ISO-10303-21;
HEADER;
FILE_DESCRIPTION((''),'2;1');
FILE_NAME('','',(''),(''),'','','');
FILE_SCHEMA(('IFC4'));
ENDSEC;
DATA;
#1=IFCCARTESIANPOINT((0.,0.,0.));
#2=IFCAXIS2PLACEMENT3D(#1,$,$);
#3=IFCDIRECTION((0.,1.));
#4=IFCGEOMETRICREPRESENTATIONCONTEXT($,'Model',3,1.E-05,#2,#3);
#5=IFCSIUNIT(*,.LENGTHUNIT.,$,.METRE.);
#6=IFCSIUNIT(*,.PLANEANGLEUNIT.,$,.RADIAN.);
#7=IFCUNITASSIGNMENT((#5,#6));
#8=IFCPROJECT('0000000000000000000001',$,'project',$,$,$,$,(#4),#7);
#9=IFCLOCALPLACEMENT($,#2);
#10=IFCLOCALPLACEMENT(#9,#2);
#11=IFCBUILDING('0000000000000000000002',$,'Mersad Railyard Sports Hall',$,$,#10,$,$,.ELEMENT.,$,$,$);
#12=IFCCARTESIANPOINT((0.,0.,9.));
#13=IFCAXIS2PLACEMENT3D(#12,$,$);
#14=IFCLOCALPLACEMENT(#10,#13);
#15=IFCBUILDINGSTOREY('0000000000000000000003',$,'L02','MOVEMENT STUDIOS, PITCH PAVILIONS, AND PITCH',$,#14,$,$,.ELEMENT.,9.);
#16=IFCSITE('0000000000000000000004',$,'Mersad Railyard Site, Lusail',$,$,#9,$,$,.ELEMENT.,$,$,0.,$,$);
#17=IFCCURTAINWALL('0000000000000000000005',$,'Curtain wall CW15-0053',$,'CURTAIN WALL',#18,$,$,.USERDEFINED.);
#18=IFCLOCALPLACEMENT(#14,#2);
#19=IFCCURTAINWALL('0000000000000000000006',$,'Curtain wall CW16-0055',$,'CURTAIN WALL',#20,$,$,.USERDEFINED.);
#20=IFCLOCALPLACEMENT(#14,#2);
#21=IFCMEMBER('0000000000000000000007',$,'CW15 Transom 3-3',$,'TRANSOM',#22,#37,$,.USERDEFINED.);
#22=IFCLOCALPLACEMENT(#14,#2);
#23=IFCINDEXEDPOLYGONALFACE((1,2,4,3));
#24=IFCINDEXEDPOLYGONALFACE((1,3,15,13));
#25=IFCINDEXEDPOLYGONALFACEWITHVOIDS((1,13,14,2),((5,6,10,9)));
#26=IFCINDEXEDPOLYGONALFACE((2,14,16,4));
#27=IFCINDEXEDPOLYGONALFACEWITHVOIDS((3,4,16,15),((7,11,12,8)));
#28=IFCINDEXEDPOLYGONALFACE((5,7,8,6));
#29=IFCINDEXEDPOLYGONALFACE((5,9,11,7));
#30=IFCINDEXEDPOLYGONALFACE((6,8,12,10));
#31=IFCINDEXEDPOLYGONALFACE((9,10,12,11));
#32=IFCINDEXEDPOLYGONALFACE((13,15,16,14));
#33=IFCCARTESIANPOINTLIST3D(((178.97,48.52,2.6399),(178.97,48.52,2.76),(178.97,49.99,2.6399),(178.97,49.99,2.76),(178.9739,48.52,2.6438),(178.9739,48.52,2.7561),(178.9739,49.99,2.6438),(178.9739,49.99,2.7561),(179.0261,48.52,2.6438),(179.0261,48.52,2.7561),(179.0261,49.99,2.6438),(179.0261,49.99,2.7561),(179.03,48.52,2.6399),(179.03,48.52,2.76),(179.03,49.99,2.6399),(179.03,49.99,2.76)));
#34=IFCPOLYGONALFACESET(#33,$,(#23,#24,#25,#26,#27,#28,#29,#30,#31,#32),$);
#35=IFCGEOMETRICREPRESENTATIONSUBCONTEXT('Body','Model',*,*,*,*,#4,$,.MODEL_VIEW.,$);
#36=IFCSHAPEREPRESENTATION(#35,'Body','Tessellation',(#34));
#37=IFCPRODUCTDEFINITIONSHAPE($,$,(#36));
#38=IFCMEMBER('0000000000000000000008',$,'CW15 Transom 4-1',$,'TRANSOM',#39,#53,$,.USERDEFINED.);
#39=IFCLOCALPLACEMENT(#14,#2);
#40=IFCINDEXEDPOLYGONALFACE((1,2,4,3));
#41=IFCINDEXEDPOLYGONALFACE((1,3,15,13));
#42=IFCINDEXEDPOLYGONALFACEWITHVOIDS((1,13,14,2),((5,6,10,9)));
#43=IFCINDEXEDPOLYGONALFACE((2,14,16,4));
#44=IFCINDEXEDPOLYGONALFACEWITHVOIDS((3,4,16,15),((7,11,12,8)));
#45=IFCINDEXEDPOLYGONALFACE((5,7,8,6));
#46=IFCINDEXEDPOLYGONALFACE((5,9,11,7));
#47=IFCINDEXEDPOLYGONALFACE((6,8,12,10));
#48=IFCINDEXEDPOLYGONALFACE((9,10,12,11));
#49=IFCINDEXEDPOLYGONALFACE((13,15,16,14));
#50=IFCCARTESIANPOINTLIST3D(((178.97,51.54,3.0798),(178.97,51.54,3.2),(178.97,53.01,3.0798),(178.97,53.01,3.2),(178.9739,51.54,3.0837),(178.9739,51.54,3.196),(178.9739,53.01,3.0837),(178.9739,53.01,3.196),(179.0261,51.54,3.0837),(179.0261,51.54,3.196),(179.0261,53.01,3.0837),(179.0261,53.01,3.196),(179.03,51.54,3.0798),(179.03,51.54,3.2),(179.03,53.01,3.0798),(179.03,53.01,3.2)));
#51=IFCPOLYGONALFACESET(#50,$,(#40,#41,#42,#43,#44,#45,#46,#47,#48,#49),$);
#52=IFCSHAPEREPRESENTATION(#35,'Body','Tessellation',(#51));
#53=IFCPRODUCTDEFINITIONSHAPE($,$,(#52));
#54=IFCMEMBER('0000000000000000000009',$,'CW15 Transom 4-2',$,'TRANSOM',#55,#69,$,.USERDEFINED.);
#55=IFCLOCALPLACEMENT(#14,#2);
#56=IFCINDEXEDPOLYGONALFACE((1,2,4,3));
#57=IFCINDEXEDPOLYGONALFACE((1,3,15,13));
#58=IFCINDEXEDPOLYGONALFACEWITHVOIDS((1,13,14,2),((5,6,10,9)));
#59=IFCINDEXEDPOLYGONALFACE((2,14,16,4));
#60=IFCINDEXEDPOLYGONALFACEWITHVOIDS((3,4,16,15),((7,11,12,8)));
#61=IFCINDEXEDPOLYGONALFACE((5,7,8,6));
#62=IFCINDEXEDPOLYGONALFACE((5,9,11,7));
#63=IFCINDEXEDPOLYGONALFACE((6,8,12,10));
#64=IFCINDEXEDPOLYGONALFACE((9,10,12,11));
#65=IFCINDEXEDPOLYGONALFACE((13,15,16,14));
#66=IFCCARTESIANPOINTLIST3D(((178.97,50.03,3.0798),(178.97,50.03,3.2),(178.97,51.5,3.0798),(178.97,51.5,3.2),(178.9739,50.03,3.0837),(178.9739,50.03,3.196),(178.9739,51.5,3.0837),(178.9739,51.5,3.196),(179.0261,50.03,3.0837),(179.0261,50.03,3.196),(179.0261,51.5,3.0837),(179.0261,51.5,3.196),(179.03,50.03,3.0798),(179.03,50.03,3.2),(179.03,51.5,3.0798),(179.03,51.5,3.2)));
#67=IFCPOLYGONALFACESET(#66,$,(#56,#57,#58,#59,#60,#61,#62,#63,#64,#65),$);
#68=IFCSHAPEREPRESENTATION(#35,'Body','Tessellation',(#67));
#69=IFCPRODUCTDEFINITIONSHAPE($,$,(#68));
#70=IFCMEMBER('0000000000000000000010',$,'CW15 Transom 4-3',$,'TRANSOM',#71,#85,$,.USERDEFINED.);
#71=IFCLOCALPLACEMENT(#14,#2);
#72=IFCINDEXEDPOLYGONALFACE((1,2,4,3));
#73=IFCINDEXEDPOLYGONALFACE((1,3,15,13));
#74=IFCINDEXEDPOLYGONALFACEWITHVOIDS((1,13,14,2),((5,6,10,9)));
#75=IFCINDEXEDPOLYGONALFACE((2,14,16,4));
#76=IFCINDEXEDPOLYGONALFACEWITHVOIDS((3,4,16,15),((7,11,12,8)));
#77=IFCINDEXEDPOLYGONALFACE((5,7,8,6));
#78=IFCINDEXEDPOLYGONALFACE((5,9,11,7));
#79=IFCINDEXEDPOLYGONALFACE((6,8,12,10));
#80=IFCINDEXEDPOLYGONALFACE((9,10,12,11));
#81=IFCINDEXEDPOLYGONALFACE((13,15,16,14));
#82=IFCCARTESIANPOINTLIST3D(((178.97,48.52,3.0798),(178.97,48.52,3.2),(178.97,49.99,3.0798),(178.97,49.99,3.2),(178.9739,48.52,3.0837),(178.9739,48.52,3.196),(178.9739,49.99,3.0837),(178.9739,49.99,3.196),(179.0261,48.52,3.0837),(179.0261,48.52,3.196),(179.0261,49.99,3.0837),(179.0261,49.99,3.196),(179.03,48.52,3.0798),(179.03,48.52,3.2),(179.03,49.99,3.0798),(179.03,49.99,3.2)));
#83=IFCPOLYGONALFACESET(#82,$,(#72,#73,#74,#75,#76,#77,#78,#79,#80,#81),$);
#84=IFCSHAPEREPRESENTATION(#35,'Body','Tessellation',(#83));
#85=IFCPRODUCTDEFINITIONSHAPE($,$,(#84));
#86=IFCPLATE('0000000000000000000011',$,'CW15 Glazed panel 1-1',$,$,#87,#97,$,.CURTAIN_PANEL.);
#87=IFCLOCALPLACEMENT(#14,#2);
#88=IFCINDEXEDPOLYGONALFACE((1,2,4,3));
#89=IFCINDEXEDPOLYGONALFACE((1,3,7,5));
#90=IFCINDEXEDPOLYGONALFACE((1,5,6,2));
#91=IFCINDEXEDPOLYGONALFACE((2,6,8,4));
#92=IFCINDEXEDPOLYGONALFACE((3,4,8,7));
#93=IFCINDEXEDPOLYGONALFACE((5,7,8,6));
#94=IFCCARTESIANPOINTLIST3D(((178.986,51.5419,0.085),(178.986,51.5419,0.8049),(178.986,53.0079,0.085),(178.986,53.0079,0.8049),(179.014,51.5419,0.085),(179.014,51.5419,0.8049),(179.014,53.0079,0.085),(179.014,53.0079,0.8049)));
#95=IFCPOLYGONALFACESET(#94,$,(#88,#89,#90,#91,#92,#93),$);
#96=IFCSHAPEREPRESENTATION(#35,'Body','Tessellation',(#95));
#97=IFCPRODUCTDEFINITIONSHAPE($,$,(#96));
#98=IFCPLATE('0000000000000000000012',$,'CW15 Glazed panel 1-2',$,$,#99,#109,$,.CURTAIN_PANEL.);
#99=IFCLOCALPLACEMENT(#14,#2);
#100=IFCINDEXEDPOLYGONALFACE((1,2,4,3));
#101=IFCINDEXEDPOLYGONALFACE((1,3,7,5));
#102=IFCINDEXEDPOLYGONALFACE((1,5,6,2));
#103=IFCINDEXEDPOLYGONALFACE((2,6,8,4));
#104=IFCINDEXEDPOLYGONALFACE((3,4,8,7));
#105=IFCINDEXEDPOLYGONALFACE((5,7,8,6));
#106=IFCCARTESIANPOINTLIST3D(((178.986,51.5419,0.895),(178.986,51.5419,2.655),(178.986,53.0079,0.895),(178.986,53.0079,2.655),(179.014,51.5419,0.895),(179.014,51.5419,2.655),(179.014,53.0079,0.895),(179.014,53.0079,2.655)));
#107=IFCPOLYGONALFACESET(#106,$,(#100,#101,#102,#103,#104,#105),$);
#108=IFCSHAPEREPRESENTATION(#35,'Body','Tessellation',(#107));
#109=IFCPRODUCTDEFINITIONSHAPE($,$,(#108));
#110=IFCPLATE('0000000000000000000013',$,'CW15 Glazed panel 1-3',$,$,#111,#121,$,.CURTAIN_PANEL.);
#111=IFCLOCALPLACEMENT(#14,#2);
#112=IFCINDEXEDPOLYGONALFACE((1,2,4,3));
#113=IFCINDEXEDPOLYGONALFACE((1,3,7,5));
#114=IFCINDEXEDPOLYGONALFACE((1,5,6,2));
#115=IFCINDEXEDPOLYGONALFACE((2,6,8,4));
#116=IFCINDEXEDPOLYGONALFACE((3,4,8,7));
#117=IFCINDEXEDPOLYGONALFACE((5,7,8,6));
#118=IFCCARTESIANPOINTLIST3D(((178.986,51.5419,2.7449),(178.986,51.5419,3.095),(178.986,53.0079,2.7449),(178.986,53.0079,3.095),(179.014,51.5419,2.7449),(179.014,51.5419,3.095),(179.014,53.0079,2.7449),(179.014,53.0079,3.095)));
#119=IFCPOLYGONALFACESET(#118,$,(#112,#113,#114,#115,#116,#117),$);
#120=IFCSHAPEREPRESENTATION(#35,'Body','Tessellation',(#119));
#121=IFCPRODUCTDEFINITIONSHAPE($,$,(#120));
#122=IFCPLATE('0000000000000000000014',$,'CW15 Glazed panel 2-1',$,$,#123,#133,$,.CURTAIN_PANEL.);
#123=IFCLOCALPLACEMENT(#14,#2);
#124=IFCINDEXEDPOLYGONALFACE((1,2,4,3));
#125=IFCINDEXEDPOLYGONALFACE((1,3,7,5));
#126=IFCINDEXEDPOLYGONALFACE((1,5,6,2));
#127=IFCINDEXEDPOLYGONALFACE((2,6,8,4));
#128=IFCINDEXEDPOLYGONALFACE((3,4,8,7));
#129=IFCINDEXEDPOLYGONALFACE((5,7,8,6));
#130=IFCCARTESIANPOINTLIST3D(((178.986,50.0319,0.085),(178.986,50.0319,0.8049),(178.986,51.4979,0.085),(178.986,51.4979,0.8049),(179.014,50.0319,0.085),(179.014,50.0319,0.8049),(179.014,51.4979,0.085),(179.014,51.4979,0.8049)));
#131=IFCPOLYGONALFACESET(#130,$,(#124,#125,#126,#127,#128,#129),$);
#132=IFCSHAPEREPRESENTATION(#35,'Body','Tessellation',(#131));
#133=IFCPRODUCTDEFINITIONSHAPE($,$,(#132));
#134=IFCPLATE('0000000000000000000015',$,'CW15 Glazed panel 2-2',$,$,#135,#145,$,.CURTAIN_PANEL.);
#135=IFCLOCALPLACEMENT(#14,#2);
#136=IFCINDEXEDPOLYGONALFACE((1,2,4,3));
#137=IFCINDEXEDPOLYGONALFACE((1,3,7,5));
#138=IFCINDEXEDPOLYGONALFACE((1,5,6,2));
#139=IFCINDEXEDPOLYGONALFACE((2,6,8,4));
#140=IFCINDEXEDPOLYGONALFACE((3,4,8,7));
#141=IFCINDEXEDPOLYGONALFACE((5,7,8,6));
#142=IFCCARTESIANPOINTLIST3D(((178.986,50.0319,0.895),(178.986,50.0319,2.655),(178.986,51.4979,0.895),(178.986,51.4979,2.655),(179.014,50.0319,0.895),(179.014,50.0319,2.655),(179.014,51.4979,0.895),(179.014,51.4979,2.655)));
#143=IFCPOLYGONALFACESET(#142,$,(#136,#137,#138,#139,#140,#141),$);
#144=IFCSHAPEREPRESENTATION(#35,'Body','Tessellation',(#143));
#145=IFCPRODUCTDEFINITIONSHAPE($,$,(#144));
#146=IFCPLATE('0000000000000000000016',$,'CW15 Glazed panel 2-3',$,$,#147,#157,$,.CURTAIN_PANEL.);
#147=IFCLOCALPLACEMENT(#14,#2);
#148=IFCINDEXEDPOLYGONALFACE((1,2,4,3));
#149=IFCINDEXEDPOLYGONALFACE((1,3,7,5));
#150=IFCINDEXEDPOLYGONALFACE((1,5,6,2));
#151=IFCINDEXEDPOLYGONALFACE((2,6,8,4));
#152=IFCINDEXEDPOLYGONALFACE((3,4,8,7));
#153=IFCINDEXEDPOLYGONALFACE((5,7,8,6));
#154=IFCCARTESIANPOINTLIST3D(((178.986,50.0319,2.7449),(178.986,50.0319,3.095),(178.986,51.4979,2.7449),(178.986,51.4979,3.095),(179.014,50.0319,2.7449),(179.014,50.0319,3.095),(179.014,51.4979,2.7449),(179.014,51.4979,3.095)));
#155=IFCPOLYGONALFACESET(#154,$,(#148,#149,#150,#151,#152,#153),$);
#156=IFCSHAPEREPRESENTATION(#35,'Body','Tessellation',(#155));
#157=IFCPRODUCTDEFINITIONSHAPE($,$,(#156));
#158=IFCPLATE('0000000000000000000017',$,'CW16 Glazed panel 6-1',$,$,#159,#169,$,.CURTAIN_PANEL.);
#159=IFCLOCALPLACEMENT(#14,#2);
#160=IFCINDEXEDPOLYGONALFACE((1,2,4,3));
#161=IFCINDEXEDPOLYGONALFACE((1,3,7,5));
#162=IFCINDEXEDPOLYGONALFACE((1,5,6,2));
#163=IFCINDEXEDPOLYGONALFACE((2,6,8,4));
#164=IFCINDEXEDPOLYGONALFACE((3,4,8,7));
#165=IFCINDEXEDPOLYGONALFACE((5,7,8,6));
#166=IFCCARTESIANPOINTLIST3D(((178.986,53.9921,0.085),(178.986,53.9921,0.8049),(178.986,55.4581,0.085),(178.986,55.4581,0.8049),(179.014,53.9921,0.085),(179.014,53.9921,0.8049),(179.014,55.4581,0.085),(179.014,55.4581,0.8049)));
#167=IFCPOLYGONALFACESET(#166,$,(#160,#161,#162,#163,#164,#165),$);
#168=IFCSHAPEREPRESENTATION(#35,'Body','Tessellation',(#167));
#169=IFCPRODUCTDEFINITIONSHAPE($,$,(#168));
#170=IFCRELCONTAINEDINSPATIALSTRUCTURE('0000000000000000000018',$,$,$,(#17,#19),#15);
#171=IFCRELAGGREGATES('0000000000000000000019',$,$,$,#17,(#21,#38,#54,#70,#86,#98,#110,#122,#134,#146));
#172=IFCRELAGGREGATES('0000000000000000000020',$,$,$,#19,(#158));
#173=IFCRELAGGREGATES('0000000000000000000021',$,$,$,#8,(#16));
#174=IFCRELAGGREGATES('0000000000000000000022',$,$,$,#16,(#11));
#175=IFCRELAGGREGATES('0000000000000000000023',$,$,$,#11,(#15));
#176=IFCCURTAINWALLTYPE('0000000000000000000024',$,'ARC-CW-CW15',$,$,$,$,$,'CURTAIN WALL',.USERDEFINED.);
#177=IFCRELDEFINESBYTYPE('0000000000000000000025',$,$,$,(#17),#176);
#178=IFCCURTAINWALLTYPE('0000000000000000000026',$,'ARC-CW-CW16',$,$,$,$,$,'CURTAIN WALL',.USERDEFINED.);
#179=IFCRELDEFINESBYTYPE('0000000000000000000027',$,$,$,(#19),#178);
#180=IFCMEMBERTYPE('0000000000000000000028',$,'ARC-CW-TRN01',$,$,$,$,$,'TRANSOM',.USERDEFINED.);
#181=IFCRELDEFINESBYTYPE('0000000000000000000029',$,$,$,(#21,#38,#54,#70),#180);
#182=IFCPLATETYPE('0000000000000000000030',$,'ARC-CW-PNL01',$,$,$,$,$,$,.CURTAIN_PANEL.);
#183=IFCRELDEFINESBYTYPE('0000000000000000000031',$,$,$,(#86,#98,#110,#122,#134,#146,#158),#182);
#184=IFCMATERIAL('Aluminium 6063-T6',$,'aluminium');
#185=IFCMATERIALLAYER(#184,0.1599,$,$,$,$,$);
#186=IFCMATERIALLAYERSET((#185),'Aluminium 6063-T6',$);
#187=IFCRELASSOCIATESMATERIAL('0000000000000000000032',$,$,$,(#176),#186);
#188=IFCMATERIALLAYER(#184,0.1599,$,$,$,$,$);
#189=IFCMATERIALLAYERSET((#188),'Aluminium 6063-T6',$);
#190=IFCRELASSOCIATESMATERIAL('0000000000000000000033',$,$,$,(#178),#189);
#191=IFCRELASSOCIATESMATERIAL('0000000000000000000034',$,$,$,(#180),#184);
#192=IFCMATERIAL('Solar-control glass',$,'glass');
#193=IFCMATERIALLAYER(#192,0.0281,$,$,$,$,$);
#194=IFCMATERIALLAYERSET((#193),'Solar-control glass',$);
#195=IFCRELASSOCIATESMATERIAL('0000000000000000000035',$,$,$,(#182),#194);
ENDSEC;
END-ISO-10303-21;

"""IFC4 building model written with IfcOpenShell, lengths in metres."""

from ifc_helpers import new_model, si_unit, direction, frame, origin, origin_2d, place, context, subcontext, project, spatial, rectangle, hollow_rectangle, extrude, material, layer, layer_set, material_profile, profile_set, type_object, element, aggregate, save


model = new_model("IFC4")

# Units and contexts
model_context = context("Model", 3, precision=1e-05, world=origin(), true_north=direction((0.0, 1.0)))
body_context = subcontext(model_context, "Body", "Model", "MODEL_VIEW")
ifc_project = project(units=[si_unit("LENGTHUNIT", "METRE"), si_unit("PLANEANGLEUNIT", "RADIAN")], contexts=[model_context])

# Site, building, storey
site_placement = place(None, origin())
site = spatial("IfcSite", under=ifc_project, at=site_placement, Name="Mersad Railyard Site, Lusail", CompositionType="ELEMENT", RefElevation=0.0)
building_placement = place(site_placement, origin())
building = spatial("IfcBuilding", under=site, at=building_placement, Name="Mersad Railyard Sports Hall", CompositionType="ELEMENT")
storey_placement = place(building_placement, frame((0.0, 0.0, 9.0)))
storey = spatial("IfcBuildingStorey", under=building, at=storey_placement, Name="L02", Description="MOVEMENT STUDIOS, PITCH PAVILIONS, AND PITCH", CompositionType="ELEMENT", Elevation=9.0)

# Curtain wall
ifc_material_1 = material(Name="Aluminium 6063-T6", Category="aluminium")
ifc_layer_1 = layer(ifc_material_1, 0.1599)
ifc_layer_set_1 = layer_set([ifc_layer_1], Name="Aluminium 6063-T6")
curtain_wall_type_1 = type_object("IfcCurtainWallType", Name="ARC-CW-CW15", ElementType="CURTAIN WALL", PredefinedType="USERDEFINED", material=ifc_layer_set_1)
curtain_wall_1_placement = place(storey_placement, origin())
curtain_wall_1 = element("IfcCurtainWall", 1, at=curtain_wall_1_placement, inside=storey, type_object=curtain_wall_type_1, Name="Curtain wall CW15-0053", ObjectType="CURTAIN WALL", PredefinedType="USERDEFINED")

# Curtain wall
ifc_layer_2 = layer(ifc_material_1, 0.1599)
ifc_layer_set_2 = layer_set([ifc_layer_2], Name="Aluminium 6063-T6")
curtain_wall_type_2 = type_object("IfcCurtainWallType", Name="ARC-CW-CW16", ElementType="CURTAIN WALL", PredefinedType="USERDEFINED", material=ifc_layer_set_2)
curtain_wall_2_placement = place(storey_placement, origin())
curtain_wall_2 = element("IfcCurtainWall", 2, at=curtain_wall_2_placement, inside=storey, type_object=curtain_wall_type_2, Name="Curtain wall CW16-0055", ObjectType="CURTAIN WALL", PredefinedType="USERDEFINED")

# Members
ifc_material_profile_1 = material_profile(ifc_material_1, hollow_rectangle(XDim=0.0601, YDim=0.1201, WallThickness=0.0039, at=origin_2d()), Name="AL TRANSOM 60x120x4")
ifc_profile_set_1 = profile_set([ifc_material_profile_1], Name="Aluminium 6063-T6")
member_type_1 = type_object("IfcMemberType", Name="ARC-CW-TRN01", ElementType="TRANSOM", PredefinedType="USERDEFINED", material=ifc_profile_set_1)
member_1_placement = place(storey_placement, frame((179.0, 49.99, 2.7), z_axis=(0.0, -1.0, 0.0), x_axis=(1.0, 0.0, 0.0)))
member_1 = element("IfcMember", 3, at=member_1_placement, type_object=member_type_1, Name="CW15 Transom 3-3", ObjectType="TRANSOM", PredefinedType="USERDEFINED", context=body_context, shape_type="SweptSolid", body=[
    extrude(hollow_rectangle(XDim=0.0601, YDim=0.1201, WallThickness=0.0039, at=origin_2d()), origin(), (0.0, 0.0, 1.0), 1.47),
])
member_2_placement = place(storey_placement, frame((179.0, 53.01, 3.1399), z_axis=(0.0, -1.0, 0.0), x_axis=(1.0, 0.0, 0.0)))
member_2 = element("IfcMember", 4, at=member_2_placement, type_object=member_type_1, Name="CW15 Transom 4-1", ObjectType="TRANSOM", PredefinedType="USERDEFINED", context=body_context, shape_type="SweptSolid", body=[
    extrude(hollow_rectangle(XDim=0.0601, YDim=0.1201, WallThickness=0.0039, at=origin_2d()), origin(), (0.0, 0.0, 1.0), 1.47),
])
member_3_placement = place(storey_placement, frame((179.0, 51.5, 3.1399), z_axis=(0.0, -1.0, 0.0), x_axis=(1.0, 0.0, 0.0)))
member_3 = element("IfcMember", 5, at=member_3_placement, type_object=member_type_1, Name="CW15 Transom 4-2", ObjectType="TRANSOM", PredefinedType="USERDEFINED", context=body_context, shape_type="SweptSolid", body=[
    extrude(hollow_rectangle(XDim=0.0601, YDim=0.1201, WallThickness=0.0039, at=origin_2d()), origin(), (0.0, 0.0, 1.0), 1.47),
])
member_4_placement = place(storey_placement, frame((179.0, 49.99, 3.1399), z_axis=(0.0, -1.0, 0.0), x_axis=(1.0, 0.0, 0.0)))
member_4 = element("IfcMember", 6, at=member_4_placement, type_object=member_type_1, Name="CW15 Transom 4-3", ObjectType="TRANSOM", PredefinedType="USERDEFINED", context=body_context, shape_type="SweptSolid", body=[
    extrude(hollow_rectangle(XDim=0.0601, YDim=0.1201, WallThickness=0.0039, at=origin_2d()), origin(), (0.0, 0.0, 1.0), 1.47),
])

# Plates
ifc_material_2 = material(Name="Solar-control glass", Category="glass")
ifc_layer_3 = layer(ifc_material_2, 0.0281)
ifc_layer_set_3 = layer_set([ifc_layer_3], Name="Solar-control glass")
plate_type = type_object("IfcPlateType", Name="ARC-CW-PNL01", PredefinedType="CURTAIN_PANEL", material=ifc_layer_set_3)
plate_1_placement = place(storey_placement, frame((179.0, 52.2749, 0.085), z_axis=(0.0, 0.0, 1.0), x_axis=(0.0, -1.0, 0.0)))
plate_1 = element("IfcPlate", 7, at=plate_1_placement, type_object=plate_type, Name="CW15 Glazed panel 1-1", PredefinedType="CURTAIN_PANEL", context=body_context, shape_type="SweptSolid", body=[
    extrude(rectangle(XDim=1.4661, YDim=0.0281, at=origin_2d()), origin(), (0.0, 0.0, 1.0), 0.72),
])
plate_2_placement = place(storey_placement, frame((179.0, 52.2749, 0.895), z_axis=(0.0, 0.0, 1.0), x_axis=(0.0, -1.0, 0.0)))
plate_2 = element("IfcPlate", 8, at=plate_2_placement, type_object=plate_type, Name="CW15 Glazed panel 1-2", PredefinedType="CURTAIN_PANEL", context=body_context, shape_type="SweptSolid", body=[
    extrude(rectangle(XDim=1.4661, YDim=0.0281, at=origin_2d()), origin(), (0.0, 0.0, 1.0), 1.76),
])
plate_3_placement = place(storey_placement, frame((179.0, 52.2749, 2.7449), z_axis=(0.0, 0.0, 1.0), x_axis=(0.0, -1.0, 0.0)))
plate_3 = element("IfcPlate", 9, at=plate_3_placement, type_object=plate_type, Name="CW15 Glazed panel 1-3", PredefinedType="CURTAIN_PANEL", context=body_context, shape_type="SweptSolid", body=[
    extrude(rectangle(XDim=1.4661, YDim=0.0281, at=origin_2d()), origin(), (0.0, 0.0, 1.0), 0.3501),
])
plate_4_placement = place(storey_placement, frame((179.0, 50.7649, 0.085), z_axis=(0.0, 0.0, 1.0), x_axis=(0.0, -1.0, 0.0)))
plate_4 = element("IfcPlate", 10, at=plate_4_placement, type_object=plate_type, Name="CW15 Glazed panel 2-1", PredefinedType="CURTAIN_PANEL", context=body_context, shape_type="SweptSolid", body=[
    extrude(rectangle(XDim=1.4661, YDim=0.0281, at=origin_2d()), origin(), (0.0, 0.0, 1.0), 0.72),
])
plate_5_placement = place(storey_placement, frame((179.0, 50.7649, 0.895), z_axis=(0.0, 0.0, 1.0), x_axis=(0.0, -1.0, 0.0)))
plate_5 = element("IfcPlate", 11, at=plate_5_placement, type_object=plate_type, Name="CW15 Glazed panel 2-2", PredefinedType="CURTAIN_PANEL", context=body_context, shape_type="SweptSolid", body=[
    extrude(rectangle(XDim=1.4661, YDim=0.0281, at=origin_2d()), origin(), (0.0, 0.0, 1.0), 1.76),
])
plate_6_placement = place(storey_placement, frame((179.0, 50.7649, 2.7449), z_axis=(0.0, 0.0, 1.0), x_axis=(0.0, -1.0, 0.0)))
plate_6 = element("IfcPlate", 12, at=plate_6_placement, type_object=plate_type, Name="CW15 Glazed panel 2-3", PredefinedType="CURTAIN_PANEL", context=body_context, shape_type="SweptSolid", body=[
    extrude(rectangle(XDim=1.4661, YDim=0.0281, at=origin_2d()), origin(), (0.0, 0.0, 1.0), 0.3501),
])
aggregate(curtain_wall_1, [member_1, member_2, member_3, member_4, plate_1, plate_2, plate_3, plate_4, plate_5, plate_6])
plate_7_placement = place(storey_placement, frame((179.0, 54.7251, 0.085), z_axis=(0.0, 0.0, 1.0), x_axis=(0.0, -1.0, 0.0)))
plate_7 = element("IfcPlate", 13, at=plate_7_placement, type_object=plate_type, Name="CW16 Glazed panel 6-1", PredefinedType="CURTAIN_PANEL", context=body_context, shape_type="SweptSolid", body=[
    extrude(rectangle(XDim=1.4661, YDim=0.0281, at=origin_2d()), origin(), (0.0, 0.0, 1.0), 0.72),
])
aggregate(curtain_wall_2, [plate_7])

save(model, "model.ifc")
